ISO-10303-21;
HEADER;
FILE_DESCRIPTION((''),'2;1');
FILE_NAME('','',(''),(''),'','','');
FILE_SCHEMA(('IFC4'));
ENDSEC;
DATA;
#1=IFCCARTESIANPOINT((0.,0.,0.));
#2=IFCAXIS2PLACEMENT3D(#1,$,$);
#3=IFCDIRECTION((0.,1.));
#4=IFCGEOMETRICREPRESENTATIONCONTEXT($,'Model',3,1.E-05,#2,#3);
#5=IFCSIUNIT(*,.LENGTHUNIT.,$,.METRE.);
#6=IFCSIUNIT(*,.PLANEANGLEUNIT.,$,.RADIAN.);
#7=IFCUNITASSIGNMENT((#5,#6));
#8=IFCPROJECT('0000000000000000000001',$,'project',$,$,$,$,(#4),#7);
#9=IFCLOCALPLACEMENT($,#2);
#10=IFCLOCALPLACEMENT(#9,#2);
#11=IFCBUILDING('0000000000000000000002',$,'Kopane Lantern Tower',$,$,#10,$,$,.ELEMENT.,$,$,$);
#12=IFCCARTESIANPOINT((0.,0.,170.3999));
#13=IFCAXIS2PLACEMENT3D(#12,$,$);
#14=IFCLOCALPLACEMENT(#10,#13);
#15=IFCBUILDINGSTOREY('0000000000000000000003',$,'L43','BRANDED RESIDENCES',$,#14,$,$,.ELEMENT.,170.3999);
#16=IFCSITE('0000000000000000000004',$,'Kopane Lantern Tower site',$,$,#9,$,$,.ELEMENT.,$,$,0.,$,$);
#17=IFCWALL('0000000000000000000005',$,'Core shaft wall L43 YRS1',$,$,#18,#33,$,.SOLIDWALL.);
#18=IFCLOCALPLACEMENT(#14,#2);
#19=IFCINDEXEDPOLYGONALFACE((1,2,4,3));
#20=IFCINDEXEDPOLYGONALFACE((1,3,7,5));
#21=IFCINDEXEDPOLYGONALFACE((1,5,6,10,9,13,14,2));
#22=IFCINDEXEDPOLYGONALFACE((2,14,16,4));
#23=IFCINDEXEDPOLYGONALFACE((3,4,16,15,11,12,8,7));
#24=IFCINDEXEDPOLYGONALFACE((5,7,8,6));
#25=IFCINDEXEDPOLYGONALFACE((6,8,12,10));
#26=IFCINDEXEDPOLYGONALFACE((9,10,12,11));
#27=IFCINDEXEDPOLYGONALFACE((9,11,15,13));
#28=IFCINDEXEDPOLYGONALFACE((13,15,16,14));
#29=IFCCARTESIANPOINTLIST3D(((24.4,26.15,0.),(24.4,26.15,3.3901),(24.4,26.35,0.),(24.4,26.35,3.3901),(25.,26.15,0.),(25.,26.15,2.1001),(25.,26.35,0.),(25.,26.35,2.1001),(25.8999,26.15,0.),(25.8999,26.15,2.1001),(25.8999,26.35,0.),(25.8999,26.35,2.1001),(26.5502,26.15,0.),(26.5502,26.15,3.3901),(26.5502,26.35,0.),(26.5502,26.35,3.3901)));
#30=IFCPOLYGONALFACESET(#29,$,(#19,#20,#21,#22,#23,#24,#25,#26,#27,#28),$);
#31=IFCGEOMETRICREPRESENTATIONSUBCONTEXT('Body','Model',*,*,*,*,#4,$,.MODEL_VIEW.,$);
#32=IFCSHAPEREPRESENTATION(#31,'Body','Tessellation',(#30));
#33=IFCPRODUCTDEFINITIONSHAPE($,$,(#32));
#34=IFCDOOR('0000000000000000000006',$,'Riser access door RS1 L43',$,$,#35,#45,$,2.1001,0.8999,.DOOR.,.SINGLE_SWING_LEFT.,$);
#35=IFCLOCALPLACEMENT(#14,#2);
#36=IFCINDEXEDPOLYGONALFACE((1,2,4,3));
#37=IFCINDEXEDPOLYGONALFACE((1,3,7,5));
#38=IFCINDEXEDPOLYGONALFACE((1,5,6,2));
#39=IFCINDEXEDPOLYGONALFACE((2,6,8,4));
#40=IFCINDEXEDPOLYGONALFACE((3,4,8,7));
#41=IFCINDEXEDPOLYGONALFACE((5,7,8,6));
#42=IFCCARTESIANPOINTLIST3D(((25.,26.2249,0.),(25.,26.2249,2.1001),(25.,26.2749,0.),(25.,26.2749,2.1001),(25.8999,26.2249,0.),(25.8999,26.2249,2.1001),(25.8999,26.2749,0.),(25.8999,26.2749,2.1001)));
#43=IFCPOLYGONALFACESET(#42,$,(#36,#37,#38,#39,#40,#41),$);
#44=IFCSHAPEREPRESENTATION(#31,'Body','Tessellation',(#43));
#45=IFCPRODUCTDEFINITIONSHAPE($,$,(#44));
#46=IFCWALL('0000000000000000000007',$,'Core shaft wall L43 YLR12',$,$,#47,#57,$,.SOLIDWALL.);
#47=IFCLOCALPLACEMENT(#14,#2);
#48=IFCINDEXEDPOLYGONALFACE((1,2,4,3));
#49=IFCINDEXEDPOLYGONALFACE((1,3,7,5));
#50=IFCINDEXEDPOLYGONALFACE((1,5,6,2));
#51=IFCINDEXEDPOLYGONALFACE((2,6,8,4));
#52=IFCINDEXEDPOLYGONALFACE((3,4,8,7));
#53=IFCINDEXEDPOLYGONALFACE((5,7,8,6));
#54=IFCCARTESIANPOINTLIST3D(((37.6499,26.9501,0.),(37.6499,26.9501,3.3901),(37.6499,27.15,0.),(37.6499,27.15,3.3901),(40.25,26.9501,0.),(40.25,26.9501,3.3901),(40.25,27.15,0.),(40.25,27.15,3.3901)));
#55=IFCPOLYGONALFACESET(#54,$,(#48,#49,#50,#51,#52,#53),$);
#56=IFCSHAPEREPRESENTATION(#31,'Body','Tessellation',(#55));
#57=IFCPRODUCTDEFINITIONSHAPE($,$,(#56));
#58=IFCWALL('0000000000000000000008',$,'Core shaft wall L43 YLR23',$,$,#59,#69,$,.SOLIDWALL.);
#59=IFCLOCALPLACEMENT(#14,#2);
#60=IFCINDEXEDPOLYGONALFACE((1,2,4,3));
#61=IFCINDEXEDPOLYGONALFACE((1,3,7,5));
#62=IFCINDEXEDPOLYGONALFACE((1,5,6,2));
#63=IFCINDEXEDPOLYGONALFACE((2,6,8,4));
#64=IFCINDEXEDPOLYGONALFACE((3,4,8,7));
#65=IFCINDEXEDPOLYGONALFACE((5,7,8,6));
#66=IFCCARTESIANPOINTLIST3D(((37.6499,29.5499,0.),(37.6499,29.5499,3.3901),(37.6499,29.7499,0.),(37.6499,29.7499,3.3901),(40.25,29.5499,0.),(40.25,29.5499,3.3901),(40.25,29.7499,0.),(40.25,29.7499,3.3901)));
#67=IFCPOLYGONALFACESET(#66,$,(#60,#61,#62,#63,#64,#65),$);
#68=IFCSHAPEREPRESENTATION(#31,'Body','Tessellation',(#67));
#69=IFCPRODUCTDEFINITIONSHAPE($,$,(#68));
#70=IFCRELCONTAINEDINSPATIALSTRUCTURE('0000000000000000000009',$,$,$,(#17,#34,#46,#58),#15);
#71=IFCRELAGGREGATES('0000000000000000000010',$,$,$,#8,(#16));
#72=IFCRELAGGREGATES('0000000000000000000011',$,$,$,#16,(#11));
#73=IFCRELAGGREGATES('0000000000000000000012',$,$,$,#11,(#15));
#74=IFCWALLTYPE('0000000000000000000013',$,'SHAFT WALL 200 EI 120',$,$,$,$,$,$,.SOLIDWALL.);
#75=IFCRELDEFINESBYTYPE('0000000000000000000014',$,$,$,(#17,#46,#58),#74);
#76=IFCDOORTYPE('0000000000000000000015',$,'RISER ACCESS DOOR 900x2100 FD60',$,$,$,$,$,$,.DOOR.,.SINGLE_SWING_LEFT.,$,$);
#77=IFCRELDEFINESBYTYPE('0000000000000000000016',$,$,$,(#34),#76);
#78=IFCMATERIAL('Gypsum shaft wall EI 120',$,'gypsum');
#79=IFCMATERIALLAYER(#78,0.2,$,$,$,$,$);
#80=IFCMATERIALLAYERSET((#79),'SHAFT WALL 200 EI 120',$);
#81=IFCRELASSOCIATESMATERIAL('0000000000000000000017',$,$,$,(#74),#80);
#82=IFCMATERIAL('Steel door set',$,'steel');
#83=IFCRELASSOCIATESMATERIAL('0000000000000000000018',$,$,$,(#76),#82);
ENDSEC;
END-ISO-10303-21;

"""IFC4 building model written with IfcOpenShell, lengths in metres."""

from ifc_helpers import new_model, si_unit, direction, frame, frame_2d, origin, place, context, subcontext, project, spatial, rectangle, extrude, material, layer, layer_set, type_object, element, fill, save


model = new_model("IFC4")

# Units and contexts
model_context = context("Model", 3, precision=1e-05, world=origin(), true_north=direction((0.0, 1.0)))
body_context = subcontext(model_context, "Body", "Model", "MODEL_VIEW")
ifc_project = project(units=[si_unit("LENGTHUNIT", "METRE"), si_unit("PLANEANGLEUNIT", "RADIAN")], contexts=[model_context])

# Site, building, storey
site_placement = place(None, origin())
site = spatial("IfcSite", under=ifc_project, at=site_placement, Name="Kopane Lantern Tower site", CompositionType="ELEMENT", RefElevation=0.0)
building_placement = place(site_placement, origin())
building = spatial("IfcBuilding", under=site, at=building_placement, Name="Kopane Lantern Tower", CompositionType="ELEMENT")
storey_placement = place(building_placement, frame((0.0, 0.0, 170.3999)))
storey = spatial("IfcBuildingStorey", under=building, at=storey_placement, Name="L43", Description="BRANDED RESIDENCES", CompositionType="ELEMENT", Elevation=170.3999)

# Shared definitions
ifc_material_1 = material(Name="Gypsum shaft wall EI 120", Category="gypsum")
ifc_layer_1 = layer(ifc_material_1, 0.2)
ifc_layer_set_1 = layer_set([ifc_layer_1], Name="SHAFT WALL 200 EI 120")
wall_type_1 = type_object("IfcWallType", Name="SHAFT WALL 200 EI 120", PredefinedType="SOLIDWALL", material=ifc_layer_set_1)

# Wall, opening, door
wall_1_placement = place(storey_placement, frame((24.3999, 26.25, 0.0), z_axis=(0.0, 0.0, 1.0), x_axis=(1.0, 0.0, 0.0)))
wall_1 = element("IfcWall", 1, at=wall_1_placement, inside=storey, type_object=wall_type_1, Name="Core shaft wall L43 YRS1", PredefinedType="SOLIDWALL", context=body_context, shape_type="SweptSolid", body=[
    extrude(rectangle(XDim=2.1501, YDim=0.2, at=frame_2d((1.0752, 0.0))), origin(), (0.0, 0.0, 1.0), 3.3901),
])
opening_1_placement = place(wall_1_placement, frame((0.6001, 0.0, 0.0)))
opening_1 = element("IfcOpeningElement", 2, at=opening_1_placement, cuts=wall_1, PredefinedType="OPENING", context=body_context, shape_type="SweptSolid", body=[
    extrude(rectangle(XDim=0.8999, YDim=2.1001, at=frame_2d((0.45, 1.05))), frame((0.0, 0.1099, 0.0), z_axis=(0.0, -1.0, 0.0), x_axis=(1.0, 0.0, 0.0)), (0.0, 0.0, 1.0), 0.22),
])
ifc_material_2 = material(Name="Steel door set", Category="steel")
door_type_1 = type_object("IfcDoorType", Name="RISER ACCESS DOOR 900x2100 FD60", OperationType="SINGLE_SWING_LEFT", PredefinedType="DOOR", material=ifc_material_2)
door_1_placement = place(opening_1_placement, origin())
door_1 = element("IfcDoor", 3, at=door_1_placement, inside=storey, type_object=door_type_1, Name="Riser access door RS1 L43", OperationType="SINGLE_SWING_LEFT", OverallHeight=2.1001, OverallWidth=0.8999, PredefinedType="DOOR", context=body_context, shape_type="SweptSolid", body=[
    extrude(rectangle(XDim=0.8999, YDim=2.1001, at=frame_2d((0.45, 1.05))), frame((0.0, 0.0249, 0.0), z_axis=(0.0, -1.0, 0.0), x_axis=(1.0, 0.0, 0.0)), (0.0, 0.0, 1.0), 0.05),
])
fill(opening_1, door_1)

# Walls
for number, where, z_axis, x_axis, name in (
    (4, (37.6499, 27.05, 0.0), (0.0, 0.0, 1.0), (1.0, 0.0, 0.0), "Core shaft wall L43 YLR12"),
    (5, (37.6499, 29.6499, 0.0), (0.0, 0.0, 1.0), (1.0, 0.0, 0.0), "Core shaft wall L43 YLR23"),
):
    element("IfcWall", number, at=place(storey_placement, frame(where, z_axis=z_axis, x_axis=x_axis)), inside=storey, type_object=wall_type_1, Name=name, PredefinedType="SOLIDWALL", context=body_context, shape_type="SweptSolid", body=[
        extrude(rectangle(XDim=2.6001, YDim=0.2, at=frame_2d((1.3, 0.0))), origin(), (0.0, 0.0, 1.0), 3.3901),
    ])

save(model, "model.ifc")
